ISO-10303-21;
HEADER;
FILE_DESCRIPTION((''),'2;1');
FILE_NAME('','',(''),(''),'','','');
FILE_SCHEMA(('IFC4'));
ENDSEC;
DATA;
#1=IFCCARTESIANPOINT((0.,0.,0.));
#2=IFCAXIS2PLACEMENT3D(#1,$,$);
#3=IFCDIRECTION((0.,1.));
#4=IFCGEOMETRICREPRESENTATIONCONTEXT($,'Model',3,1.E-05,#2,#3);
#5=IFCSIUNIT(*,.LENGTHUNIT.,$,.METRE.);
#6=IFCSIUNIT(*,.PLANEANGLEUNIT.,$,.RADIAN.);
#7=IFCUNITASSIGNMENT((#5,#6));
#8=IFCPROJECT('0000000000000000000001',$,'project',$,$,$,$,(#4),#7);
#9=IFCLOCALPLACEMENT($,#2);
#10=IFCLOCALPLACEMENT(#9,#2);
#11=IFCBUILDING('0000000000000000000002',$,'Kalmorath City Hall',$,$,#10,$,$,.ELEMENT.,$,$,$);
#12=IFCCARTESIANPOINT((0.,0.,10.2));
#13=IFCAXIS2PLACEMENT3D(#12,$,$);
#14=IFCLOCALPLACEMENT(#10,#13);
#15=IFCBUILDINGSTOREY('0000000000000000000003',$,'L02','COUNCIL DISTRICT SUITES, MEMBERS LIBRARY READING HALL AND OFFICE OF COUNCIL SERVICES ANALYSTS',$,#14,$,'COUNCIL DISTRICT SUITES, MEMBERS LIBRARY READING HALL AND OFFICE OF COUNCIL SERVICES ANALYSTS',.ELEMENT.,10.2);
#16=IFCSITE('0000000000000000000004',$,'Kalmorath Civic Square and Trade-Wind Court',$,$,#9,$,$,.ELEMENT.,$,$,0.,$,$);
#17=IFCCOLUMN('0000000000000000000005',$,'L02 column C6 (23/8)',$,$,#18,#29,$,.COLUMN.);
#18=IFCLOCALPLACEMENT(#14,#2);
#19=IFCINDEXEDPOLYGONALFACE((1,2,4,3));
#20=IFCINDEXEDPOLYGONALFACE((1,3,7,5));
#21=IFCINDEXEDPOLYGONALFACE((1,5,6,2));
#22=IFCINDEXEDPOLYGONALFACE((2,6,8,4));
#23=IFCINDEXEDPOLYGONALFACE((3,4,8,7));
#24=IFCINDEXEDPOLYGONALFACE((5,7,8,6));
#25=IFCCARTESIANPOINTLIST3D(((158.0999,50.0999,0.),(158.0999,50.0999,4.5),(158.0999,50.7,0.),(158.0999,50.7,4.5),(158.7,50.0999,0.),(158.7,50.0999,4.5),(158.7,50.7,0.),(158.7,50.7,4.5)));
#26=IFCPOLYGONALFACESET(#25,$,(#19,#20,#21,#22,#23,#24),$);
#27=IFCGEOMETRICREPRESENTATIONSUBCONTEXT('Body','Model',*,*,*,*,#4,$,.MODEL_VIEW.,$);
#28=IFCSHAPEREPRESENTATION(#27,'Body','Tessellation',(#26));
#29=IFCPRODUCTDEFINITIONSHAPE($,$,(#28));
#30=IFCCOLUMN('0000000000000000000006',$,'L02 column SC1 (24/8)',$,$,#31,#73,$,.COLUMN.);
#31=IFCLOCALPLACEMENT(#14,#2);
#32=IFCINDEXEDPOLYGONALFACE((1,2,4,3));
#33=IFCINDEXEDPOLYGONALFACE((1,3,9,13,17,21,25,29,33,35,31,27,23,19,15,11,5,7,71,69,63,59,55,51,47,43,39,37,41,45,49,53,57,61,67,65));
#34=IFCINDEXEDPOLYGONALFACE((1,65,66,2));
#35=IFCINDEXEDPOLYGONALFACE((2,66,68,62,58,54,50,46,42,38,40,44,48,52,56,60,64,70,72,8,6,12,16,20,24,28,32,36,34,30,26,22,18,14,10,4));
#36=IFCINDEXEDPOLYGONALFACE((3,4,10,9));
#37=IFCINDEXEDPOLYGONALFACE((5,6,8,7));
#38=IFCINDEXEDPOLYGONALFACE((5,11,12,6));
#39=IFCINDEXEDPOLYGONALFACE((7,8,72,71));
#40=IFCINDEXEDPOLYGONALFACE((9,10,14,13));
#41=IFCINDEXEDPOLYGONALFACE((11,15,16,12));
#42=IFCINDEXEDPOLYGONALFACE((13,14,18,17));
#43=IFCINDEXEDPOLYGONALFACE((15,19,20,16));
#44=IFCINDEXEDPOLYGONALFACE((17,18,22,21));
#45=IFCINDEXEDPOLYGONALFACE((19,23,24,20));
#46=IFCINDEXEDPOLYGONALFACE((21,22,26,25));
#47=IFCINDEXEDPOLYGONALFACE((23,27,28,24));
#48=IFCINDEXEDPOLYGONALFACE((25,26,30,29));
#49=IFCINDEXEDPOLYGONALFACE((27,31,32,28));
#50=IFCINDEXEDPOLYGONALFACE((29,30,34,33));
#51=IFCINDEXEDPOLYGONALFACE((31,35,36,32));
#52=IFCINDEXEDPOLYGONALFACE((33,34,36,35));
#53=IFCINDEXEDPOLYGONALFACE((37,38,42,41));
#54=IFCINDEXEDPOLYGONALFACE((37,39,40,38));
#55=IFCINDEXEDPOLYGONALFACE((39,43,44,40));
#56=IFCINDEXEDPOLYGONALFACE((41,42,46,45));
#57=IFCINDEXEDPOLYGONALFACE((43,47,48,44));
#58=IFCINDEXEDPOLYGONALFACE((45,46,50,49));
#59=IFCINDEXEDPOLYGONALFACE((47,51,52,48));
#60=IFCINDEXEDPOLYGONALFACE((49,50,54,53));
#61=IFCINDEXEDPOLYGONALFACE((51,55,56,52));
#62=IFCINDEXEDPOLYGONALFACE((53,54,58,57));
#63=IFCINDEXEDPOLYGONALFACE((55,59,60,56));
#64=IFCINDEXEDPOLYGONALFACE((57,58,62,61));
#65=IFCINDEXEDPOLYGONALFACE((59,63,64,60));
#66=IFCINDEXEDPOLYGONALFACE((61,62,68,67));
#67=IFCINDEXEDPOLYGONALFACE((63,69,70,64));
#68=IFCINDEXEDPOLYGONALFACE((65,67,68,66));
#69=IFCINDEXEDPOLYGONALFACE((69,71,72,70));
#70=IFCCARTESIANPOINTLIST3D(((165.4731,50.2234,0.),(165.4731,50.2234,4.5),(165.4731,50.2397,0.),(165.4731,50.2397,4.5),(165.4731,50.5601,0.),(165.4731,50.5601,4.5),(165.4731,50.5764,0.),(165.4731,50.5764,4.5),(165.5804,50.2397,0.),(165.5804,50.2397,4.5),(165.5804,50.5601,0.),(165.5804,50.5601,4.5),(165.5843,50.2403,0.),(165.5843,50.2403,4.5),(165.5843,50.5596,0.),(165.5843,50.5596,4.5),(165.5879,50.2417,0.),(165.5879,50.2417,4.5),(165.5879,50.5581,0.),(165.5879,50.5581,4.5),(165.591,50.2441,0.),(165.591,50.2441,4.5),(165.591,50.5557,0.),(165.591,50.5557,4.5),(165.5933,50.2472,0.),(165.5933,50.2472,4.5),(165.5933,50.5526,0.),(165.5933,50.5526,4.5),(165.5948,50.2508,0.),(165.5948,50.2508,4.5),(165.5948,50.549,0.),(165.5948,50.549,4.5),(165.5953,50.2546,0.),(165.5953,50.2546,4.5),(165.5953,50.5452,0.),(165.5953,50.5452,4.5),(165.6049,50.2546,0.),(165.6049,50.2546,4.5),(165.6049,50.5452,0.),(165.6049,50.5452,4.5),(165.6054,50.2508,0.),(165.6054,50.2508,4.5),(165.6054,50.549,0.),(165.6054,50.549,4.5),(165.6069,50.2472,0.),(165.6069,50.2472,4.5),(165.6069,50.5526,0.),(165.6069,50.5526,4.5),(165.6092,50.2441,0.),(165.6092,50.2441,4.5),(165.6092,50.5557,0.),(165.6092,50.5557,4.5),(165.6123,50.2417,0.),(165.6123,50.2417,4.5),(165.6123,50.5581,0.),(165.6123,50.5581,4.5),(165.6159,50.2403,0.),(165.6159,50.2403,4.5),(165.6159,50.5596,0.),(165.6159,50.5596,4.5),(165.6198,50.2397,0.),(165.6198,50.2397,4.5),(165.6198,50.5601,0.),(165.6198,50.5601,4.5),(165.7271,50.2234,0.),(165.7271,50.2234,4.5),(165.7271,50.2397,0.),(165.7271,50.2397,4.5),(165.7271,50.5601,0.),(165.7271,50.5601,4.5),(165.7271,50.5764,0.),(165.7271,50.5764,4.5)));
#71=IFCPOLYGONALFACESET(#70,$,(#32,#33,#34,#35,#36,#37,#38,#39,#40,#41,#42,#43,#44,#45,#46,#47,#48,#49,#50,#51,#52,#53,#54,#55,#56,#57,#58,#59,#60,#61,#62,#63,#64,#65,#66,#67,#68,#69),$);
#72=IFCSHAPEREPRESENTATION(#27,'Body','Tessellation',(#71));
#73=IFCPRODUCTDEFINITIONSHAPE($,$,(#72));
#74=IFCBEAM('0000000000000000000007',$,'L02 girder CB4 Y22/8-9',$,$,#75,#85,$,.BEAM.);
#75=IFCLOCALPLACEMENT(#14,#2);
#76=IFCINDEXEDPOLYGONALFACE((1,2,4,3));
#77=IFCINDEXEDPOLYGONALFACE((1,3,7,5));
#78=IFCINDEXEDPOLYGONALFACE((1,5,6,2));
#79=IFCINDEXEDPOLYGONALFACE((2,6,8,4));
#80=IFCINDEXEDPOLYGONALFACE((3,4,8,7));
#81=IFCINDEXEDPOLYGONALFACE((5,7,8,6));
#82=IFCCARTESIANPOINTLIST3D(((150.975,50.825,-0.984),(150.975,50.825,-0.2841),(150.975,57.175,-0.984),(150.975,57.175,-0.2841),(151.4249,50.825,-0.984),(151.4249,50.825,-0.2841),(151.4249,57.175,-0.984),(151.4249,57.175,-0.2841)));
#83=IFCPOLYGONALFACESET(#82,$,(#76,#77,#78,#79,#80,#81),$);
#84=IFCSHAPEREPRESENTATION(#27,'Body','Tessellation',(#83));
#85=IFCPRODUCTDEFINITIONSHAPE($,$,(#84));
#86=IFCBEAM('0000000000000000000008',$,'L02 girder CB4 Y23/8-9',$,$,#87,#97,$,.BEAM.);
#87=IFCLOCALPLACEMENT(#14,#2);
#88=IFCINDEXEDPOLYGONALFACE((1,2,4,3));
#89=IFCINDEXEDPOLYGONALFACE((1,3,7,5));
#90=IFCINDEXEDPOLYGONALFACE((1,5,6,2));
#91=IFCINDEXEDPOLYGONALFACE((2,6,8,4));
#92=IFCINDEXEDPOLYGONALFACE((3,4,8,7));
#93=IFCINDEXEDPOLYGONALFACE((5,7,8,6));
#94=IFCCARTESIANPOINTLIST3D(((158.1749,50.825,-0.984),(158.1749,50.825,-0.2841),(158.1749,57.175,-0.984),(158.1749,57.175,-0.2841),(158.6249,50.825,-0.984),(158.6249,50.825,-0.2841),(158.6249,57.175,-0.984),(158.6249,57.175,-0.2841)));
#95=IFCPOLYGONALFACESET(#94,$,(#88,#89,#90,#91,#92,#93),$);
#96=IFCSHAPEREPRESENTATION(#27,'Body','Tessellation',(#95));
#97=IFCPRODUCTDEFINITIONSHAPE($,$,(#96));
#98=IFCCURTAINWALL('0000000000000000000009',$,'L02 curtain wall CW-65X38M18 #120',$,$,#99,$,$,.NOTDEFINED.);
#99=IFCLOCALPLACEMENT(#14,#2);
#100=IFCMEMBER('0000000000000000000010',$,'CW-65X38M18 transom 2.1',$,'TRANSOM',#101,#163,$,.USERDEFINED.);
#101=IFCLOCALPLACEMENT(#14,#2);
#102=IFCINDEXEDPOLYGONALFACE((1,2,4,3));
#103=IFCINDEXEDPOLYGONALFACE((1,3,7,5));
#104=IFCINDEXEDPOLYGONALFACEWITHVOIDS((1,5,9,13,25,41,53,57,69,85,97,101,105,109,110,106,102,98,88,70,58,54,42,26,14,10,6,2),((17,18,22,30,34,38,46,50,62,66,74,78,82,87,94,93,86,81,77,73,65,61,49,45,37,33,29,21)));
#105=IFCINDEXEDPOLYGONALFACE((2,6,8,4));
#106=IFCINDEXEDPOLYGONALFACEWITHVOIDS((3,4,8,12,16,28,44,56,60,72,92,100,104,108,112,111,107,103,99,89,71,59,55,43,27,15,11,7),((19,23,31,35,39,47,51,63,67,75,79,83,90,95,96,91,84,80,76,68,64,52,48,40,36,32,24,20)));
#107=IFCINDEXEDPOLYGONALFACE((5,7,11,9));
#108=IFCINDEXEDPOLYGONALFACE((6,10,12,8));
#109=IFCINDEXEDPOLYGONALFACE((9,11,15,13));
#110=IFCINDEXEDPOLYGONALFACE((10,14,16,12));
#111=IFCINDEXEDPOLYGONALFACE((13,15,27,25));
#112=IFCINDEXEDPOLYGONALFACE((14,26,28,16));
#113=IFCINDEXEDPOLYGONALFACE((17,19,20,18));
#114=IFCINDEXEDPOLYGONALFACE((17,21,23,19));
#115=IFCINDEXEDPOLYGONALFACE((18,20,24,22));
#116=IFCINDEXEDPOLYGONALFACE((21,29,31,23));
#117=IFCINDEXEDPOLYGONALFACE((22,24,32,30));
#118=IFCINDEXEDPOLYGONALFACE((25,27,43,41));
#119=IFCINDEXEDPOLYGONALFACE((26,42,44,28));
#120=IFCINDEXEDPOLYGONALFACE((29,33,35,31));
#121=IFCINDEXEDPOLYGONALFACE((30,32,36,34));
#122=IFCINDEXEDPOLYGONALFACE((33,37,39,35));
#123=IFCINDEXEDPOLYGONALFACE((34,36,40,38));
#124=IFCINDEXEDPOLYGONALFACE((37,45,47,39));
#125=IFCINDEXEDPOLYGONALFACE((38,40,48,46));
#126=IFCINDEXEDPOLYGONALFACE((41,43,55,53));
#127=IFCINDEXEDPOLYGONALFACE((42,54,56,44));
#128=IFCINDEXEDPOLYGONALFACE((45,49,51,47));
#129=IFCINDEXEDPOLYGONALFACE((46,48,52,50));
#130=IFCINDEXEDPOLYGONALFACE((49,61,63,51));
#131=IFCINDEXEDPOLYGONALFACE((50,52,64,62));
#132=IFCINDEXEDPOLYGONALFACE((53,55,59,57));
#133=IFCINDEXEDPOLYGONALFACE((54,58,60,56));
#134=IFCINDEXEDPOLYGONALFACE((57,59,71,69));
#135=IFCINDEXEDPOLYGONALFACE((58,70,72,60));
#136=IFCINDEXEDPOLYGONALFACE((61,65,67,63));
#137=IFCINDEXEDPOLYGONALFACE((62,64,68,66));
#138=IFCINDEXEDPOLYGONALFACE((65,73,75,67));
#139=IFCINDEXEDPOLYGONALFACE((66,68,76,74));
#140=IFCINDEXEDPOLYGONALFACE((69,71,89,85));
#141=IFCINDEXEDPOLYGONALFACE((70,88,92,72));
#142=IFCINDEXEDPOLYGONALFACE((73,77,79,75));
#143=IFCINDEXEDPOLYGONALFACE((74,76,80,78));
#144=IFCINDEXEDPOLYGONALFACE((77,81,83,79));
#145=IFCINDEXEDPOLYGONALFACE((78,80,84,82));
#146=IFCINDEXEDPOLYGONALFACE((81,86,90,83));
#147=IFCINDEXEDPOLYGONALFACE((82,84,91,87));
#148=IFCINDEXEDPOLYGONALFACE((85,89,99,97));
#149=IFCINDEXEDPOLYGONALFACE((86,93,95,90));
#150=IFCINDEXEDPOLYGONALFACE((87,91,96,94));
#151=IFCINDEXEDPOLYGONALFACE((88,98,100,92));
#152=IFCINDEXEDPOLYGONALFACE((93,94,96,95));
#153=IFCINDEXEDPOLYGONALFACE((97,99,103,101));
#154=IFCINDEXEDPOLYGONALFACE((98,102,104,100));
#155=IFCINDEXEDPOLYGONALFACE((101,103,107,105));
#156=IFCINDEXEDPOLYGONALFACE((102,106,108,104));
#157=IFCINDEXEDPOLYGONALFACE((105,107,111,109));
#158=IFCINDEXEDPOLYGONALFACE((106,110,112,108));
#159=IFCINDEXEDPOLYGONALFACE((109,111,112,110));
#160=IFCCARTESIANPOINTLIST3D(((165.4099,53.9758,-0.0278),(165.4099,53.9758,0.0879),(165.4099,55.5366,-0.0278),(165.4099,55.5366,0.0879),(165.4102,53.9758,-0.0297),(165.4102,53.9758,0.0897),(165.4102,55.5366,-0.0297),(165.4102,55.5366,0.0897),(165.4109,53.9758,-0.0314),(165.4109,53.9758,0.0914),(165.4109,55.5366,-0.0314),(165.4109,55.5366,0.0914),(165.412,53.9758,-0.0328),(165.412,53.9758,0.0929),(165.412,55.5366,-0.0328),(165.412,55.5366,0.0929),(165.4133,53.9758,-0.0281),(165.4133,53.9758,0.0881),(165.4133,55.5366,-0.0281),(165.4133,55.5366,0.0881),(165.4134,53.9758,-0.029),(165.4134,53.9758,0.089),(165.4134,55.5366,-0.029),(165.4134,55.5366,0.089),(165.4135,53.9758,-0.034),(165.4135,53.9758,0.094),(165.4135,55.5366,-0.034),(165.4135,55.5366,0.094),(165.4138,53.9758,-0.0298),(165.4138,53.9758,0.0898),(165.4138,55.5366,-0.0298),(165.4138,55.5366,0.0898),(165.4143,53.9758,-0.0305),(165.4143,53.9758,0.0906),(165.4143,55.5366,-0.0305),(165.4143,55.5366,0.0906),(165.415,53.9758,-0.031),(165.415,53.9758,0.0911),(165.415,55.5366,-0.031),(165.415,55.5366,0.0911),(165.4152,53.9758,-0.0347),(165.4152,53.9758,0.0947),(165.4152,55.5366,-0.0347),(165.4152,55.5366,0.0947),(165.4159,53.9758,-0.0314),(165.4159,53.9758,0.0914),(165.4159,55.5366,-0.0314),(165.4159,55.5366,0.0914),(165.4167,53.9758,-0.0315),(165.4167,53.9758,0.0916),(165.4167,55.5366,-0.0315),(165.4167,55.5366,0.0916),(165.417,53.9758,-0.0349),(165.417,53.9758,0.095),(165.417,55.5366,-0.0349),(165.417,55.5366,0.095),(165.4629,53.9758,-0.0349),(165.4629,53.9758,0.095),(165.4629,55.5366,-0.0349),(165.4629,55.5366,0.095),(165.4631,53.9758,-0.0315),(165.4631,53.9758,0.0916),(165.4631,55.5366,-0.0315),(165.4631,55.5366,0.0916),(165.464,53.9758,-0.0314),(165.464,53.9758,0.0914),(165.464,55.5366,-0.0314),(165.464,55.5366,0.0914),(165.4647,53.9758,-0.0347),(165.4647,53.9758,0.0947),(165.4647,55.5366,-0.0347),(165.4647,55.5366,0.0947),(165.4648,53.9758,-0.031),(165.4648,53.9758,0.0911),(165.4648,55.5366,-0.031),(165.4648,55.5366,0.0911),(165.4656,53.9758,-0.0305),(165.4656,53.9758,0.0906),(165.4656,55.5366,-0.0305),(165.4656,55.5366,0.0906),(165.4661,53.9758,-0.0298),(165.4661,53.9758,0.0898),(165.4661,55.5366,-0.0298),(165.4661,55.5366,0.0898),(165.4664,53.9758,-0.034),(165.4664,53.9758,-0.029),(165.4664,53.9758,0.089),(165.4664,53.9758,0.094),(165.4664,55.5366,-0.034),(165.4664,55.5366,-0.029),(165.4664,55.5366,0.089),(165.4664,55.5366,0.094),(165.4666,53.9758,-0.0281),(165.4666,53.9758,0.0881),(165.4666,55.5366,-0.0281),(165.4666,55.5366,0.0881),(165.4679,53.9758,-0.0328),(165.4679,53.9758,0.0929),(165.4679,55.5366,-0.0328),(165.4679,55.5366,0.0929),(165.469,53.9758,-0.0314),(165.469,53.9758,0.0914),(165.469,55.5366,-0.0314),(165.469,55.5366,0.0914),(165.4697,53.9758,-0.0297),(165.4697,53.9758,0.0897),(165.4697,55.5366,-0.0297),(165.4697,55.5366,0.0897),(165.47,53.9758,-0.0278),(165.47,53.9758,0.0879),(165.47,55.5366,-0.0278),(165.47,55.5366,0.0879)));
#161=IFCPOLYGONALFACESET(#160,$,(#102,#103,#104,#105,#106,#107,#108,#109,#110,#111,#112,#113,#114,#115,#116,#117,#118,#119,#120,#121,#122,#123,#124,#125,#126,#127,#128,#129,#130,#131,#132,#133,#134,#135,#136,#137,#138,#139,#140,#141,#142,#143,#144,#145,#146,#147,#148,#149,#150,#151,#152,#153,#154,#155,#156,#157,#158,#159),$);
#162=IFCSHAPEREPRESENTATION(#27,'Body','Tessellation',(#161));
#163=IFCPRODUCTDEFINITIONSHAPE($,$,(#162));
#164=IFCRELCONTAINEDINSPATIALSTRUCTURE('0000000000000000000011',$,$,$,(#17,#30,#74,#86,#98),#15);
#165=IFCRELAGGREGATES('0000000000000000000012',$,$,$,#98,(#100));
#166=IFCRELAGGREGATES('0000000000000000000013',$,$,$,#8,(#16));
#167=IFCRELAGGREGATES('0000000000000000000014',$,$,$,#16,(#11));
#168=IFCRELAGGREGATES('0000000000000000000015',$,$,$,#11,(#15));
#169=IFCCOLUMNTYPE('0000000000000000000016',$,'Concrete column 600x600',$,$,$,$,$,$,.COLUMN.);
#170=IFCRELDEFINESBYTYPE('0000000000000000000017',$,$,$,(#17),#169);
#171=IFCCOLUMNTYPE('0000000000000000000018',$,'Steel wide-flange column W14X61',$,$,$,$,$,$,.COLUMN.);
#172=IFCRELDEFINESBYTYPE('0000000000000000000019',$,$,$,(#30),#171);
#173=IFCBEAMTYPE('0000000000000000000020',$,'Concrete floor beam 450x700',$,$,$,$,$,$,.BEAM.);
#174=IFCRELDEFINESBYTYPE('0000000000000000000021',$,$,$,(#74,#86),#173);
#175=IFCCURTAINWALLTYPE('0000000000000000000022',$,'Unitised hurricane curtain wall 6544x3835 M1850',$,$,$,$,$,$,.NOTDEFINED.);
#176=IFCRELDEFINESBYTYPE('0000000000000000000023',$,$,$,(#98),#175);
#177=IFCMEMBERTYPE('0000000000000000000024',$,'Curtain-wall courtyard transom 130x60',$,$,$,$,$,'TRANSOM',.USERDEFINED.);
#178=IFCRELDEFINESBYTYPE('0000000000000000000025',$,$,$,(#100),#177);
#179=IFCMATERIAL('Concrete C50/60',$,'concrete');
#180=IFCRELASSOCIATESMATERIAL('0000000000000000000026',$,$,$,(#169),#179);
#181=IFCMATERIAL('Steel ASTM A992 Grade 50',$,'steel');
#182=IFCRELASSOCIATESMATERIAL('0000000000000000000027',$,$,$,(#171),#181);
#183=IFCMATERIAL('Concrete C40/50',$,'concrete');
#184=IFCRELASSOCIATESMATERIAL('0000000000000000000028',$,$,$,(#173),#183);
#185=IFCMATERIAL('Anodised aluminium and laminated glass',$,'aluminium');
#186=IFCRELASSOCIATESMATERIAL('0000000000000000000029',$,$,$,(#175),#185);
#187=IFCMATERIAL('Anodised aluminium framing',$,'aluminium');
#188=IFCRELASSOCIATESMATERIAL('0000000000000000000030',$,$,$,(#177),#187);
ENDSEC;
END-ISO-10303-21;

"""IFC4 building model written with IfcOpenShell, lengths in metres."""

from ifc_helpers import new_model, si_unit, direction, frame, origin, origin_2d, place, context, subcontext, project, spatial, rectangle, hollow_rectangle, i_section, extrude, material, material_profile, profile_set, type_object, element, aggregate, save


model = new_model("IFC4")

# Units and contexts
model_context = context("Model", 3, precision=1e-05, world=origin(), true_north=direction((0.0, 1.0)))
body_context = subcontext(model_context, "Body", "Model", "MODEL_VIEW")
ifc_project = project(units=[si_unit("LENGTHUNIT", "METRE"), si_unit("PLANEANGLEUNIT", "RADIAN")], contexts=[model_context])

# Site, building, storey
site_placement = place(None, origin())
site = spatial("IfcSite", under=ifc_project, at=site_placement, Name="Kalmorath Civic Square and Trade-Wind Court", CompositionType="ELEMENT", RefElevation=0.0)
building_placement = place(site_placement, origin())
building = spatial("IfcBuilding", under=site, at=building_placement, Name="Kalmorath City Hall", CompositionType="ELEMENT")
storey_placement = place(building_placement, frame((0.0, 0.0, 10.2)))
storey = spatial("IfcBuildingStorey", under=building, at=storey_placement, Name="L02", Description="COUNCIL DISTRICT SUITES, MEMBERS LIBRARY READING HALL AND OFFICE OF COUNCIL SERVICES ANALYSTS", LongName="COUNCIL DISTRICT SUITES, MEMBERS LIBRARY READING HALL AND OFFICE OF COUNCIL SERVICES ANALYSTS", CompositionType="ELEMENT", Elevation=10.2)

# Columns
ifc_material_1 = material(Name="Concrete C50/60", Category="concrete")
ifc_material_profile_1 = material_profile(ifc_material_1, rectangle(XDim=0.6001, YDim=0.6001, at=origin_2d()), Name="RC-COL-600X600")
ifc_profile_set_1 = profile_set([ifc_material_profile_1], Name="Concrete C50/60")
column_type_1 = type_object("IfcColumnType", Name="Concrete column 600x600", PredefinedType="COLUMN", material=ifc_profile_set_1)
column_1_placement = place(storey_placement, frame((158.3999, 50.3999, 0.0), z_axis=(0.0, 0.0, 1.0), x_axis=(1.0, 0.0, 0.0)))
element("IfcColumn", 1, at=column_1_placement, inside=storey, type_object=column_type_1, Name="L02 column C6 (23/8)", PredefinedType="COLUMN", context=body_context, shape_type="SweptSolid", body=[
    extrude(rectangle(XDim=0.6001, YDim=0.6001, at=origin_2d()), origin(), (0.0, 0.0, 1.0), 4.5),
])
ifc_material_2 = material(Name="Steel ASTM A992 Grade 50", Category="steel")
ifc_material_profile_2 = material_profile(ifc_material_2, i_section(OverallWidth=0.2539, OverallDepth=0.353, WebThickness=0.0095, FlangeThickness=0.0164, FilletRadius=0.0149, at=origin_2d()), Name="W14X61")
ifc_profile_set_2 = profile_set([ifc_material_profile_2], Name="Steel ASTM A992 Grade 50")
column_type_2 = type_object("IfcColumnType", Name="Steel wide-flange column W14X61", PredefinedType="COLUMN", material=ifc_profile_set_2)
column_2_placement = place(storey_placement, frame((165.6001, 50.3999, 0.0), z_axis=(0.0, 0.0, 1.0), x_axis=(1.0, 0.0, 0.0)))
element("IfcColumn", 2, at=column_2_placement, inside=storey, type_object=column_type_2, Name="L02 column SC1 (24/8)", PredefinedType="COLUMN", context=body_context, shape_type="SweptSolid", body=[
    extrude(i_section(OverallWidth=0.2539, OverallDepth=0.353, WebThickness=0.0095, FlangeThickness=0.0164, FilletRadius=0.0149, at=origin_2d()), origin(), (0.0, 0.0, 1.0), 4.5),
])

# Beams
ifc_material_3 = material(Name="Concrete C40/50", Category="concrete")
ifc_material_profile_3 = material_profile(ifc_material_3, rectangle(XDim=0.45, YDim=0.7, at=origin_2d()), Name="RC-BM-450X700")
ifc_profile_set_3 = profile_set([ifc_material_profile_3], Name="Concrete C40/50")
beam_type_1 = type_object("IfcBeamType", Name="Concrete floor beam 450x700", PredefinedType="BEAM", material=ifc_profile_set_3)
for number, where, z_axis, x_axis, name in (
    (3, (151.2, 50.825, -0.634), (0.0, 1.0, 0.0), (-1.0, 0.0, 0.0), "L02 girder CB4 Y22/8-9"),
    (4, (158.3999, 50.825, -0.634), (0.0, 1.0, 0.0), (-1.0, 0.0, 0.0), "L02 girder CB4 Y23/8-9"),
):
    element("IfcBeam", number, at=place(storey_placement, frame(where, z_axis=z_axis, x_axis=x_axis)), inside=storey, type_object=beam_type_1, Name=name, PredefinedType="BEAM", context=body_context, shape_type="SweptSolid", body=[
        extrude(rectangle(XDim=0.45, YDim=0.7, at=origin_2d()), origin(), (0.0, 0.0, 1.0), 6.3501),
    ])

# Curtain wall, member
ifc_material_4 = material(Name="Anodised aluminium and laminated glass", Category="aluminium")
curtain_wall_type = type_object("IfcCurtainWallType", Name="Unitised hurricane curtain wall 6544x3835 M1850", PredefinedType="NOTDEFINED", material=ifc_material_4)
curtain_wall_placement = place(storey_placement, origin())
curtain_wall = element("IfcCurtainWall", 5, at=curtain_wall_placement, inside=storey, type_object=curtain_wall_type, Name="L02 curtain wall CW-65X38M18 #120", PredefinedType="NOTDEFINED")
ifc_material_5 = material(Name="Anodised aluminium framing", Category="aluminium")
ifc_material_profile_4 = material_profile(ifc_material_5, hollow_rectangle(XDim=0.0601, YDim=0.1299, WallThickness=0.0034, InnerFilletRadius=0.0034, OuterFilletRadius=0.0071, at=origin_2d()), Name="ALU-TRN-130X60X3.5")
ifc_profile_set_4 = profile_set([ifc_material_profile_4], Name="Anodised aluminium framing")
member_type_1 = type_object("IfcMemberType", Name="Curtain-wall courtyard transom 130x60", ElementType="TRANSOM", PredefinedType="USERDEFINED", material=ifc_profile_set_4)
member_1_placement = place(storey_placement, frame((165.4399, 55.5366, 0.03), z_axis=(0.0, -1.0, 0.0), x_axis=(1.0, 0.0, 0.0)))
member_1 = element("IfcMember", 6, at=member_1_placement, type_object=member_type_1, Name="CW-65X38M18 transom 2.1", ObjectType="TRANSOM", PredefinedType="USERDEFINED", context=body_context, shape_type="SweptSolid", body=[
    extrude(hollow_rectangle(XDim=0.0601, YDim=0.1299, WallThickness=0.0034, InnerFilletRadius=0.0034, OuterFilletRadius=0.0071, at=origin_2d()), origin(), (0.0, 0.0, 1.0), 1.5608),
])

aggregate(curtain_wall, [member_1])

save(model, "model.ifc")
